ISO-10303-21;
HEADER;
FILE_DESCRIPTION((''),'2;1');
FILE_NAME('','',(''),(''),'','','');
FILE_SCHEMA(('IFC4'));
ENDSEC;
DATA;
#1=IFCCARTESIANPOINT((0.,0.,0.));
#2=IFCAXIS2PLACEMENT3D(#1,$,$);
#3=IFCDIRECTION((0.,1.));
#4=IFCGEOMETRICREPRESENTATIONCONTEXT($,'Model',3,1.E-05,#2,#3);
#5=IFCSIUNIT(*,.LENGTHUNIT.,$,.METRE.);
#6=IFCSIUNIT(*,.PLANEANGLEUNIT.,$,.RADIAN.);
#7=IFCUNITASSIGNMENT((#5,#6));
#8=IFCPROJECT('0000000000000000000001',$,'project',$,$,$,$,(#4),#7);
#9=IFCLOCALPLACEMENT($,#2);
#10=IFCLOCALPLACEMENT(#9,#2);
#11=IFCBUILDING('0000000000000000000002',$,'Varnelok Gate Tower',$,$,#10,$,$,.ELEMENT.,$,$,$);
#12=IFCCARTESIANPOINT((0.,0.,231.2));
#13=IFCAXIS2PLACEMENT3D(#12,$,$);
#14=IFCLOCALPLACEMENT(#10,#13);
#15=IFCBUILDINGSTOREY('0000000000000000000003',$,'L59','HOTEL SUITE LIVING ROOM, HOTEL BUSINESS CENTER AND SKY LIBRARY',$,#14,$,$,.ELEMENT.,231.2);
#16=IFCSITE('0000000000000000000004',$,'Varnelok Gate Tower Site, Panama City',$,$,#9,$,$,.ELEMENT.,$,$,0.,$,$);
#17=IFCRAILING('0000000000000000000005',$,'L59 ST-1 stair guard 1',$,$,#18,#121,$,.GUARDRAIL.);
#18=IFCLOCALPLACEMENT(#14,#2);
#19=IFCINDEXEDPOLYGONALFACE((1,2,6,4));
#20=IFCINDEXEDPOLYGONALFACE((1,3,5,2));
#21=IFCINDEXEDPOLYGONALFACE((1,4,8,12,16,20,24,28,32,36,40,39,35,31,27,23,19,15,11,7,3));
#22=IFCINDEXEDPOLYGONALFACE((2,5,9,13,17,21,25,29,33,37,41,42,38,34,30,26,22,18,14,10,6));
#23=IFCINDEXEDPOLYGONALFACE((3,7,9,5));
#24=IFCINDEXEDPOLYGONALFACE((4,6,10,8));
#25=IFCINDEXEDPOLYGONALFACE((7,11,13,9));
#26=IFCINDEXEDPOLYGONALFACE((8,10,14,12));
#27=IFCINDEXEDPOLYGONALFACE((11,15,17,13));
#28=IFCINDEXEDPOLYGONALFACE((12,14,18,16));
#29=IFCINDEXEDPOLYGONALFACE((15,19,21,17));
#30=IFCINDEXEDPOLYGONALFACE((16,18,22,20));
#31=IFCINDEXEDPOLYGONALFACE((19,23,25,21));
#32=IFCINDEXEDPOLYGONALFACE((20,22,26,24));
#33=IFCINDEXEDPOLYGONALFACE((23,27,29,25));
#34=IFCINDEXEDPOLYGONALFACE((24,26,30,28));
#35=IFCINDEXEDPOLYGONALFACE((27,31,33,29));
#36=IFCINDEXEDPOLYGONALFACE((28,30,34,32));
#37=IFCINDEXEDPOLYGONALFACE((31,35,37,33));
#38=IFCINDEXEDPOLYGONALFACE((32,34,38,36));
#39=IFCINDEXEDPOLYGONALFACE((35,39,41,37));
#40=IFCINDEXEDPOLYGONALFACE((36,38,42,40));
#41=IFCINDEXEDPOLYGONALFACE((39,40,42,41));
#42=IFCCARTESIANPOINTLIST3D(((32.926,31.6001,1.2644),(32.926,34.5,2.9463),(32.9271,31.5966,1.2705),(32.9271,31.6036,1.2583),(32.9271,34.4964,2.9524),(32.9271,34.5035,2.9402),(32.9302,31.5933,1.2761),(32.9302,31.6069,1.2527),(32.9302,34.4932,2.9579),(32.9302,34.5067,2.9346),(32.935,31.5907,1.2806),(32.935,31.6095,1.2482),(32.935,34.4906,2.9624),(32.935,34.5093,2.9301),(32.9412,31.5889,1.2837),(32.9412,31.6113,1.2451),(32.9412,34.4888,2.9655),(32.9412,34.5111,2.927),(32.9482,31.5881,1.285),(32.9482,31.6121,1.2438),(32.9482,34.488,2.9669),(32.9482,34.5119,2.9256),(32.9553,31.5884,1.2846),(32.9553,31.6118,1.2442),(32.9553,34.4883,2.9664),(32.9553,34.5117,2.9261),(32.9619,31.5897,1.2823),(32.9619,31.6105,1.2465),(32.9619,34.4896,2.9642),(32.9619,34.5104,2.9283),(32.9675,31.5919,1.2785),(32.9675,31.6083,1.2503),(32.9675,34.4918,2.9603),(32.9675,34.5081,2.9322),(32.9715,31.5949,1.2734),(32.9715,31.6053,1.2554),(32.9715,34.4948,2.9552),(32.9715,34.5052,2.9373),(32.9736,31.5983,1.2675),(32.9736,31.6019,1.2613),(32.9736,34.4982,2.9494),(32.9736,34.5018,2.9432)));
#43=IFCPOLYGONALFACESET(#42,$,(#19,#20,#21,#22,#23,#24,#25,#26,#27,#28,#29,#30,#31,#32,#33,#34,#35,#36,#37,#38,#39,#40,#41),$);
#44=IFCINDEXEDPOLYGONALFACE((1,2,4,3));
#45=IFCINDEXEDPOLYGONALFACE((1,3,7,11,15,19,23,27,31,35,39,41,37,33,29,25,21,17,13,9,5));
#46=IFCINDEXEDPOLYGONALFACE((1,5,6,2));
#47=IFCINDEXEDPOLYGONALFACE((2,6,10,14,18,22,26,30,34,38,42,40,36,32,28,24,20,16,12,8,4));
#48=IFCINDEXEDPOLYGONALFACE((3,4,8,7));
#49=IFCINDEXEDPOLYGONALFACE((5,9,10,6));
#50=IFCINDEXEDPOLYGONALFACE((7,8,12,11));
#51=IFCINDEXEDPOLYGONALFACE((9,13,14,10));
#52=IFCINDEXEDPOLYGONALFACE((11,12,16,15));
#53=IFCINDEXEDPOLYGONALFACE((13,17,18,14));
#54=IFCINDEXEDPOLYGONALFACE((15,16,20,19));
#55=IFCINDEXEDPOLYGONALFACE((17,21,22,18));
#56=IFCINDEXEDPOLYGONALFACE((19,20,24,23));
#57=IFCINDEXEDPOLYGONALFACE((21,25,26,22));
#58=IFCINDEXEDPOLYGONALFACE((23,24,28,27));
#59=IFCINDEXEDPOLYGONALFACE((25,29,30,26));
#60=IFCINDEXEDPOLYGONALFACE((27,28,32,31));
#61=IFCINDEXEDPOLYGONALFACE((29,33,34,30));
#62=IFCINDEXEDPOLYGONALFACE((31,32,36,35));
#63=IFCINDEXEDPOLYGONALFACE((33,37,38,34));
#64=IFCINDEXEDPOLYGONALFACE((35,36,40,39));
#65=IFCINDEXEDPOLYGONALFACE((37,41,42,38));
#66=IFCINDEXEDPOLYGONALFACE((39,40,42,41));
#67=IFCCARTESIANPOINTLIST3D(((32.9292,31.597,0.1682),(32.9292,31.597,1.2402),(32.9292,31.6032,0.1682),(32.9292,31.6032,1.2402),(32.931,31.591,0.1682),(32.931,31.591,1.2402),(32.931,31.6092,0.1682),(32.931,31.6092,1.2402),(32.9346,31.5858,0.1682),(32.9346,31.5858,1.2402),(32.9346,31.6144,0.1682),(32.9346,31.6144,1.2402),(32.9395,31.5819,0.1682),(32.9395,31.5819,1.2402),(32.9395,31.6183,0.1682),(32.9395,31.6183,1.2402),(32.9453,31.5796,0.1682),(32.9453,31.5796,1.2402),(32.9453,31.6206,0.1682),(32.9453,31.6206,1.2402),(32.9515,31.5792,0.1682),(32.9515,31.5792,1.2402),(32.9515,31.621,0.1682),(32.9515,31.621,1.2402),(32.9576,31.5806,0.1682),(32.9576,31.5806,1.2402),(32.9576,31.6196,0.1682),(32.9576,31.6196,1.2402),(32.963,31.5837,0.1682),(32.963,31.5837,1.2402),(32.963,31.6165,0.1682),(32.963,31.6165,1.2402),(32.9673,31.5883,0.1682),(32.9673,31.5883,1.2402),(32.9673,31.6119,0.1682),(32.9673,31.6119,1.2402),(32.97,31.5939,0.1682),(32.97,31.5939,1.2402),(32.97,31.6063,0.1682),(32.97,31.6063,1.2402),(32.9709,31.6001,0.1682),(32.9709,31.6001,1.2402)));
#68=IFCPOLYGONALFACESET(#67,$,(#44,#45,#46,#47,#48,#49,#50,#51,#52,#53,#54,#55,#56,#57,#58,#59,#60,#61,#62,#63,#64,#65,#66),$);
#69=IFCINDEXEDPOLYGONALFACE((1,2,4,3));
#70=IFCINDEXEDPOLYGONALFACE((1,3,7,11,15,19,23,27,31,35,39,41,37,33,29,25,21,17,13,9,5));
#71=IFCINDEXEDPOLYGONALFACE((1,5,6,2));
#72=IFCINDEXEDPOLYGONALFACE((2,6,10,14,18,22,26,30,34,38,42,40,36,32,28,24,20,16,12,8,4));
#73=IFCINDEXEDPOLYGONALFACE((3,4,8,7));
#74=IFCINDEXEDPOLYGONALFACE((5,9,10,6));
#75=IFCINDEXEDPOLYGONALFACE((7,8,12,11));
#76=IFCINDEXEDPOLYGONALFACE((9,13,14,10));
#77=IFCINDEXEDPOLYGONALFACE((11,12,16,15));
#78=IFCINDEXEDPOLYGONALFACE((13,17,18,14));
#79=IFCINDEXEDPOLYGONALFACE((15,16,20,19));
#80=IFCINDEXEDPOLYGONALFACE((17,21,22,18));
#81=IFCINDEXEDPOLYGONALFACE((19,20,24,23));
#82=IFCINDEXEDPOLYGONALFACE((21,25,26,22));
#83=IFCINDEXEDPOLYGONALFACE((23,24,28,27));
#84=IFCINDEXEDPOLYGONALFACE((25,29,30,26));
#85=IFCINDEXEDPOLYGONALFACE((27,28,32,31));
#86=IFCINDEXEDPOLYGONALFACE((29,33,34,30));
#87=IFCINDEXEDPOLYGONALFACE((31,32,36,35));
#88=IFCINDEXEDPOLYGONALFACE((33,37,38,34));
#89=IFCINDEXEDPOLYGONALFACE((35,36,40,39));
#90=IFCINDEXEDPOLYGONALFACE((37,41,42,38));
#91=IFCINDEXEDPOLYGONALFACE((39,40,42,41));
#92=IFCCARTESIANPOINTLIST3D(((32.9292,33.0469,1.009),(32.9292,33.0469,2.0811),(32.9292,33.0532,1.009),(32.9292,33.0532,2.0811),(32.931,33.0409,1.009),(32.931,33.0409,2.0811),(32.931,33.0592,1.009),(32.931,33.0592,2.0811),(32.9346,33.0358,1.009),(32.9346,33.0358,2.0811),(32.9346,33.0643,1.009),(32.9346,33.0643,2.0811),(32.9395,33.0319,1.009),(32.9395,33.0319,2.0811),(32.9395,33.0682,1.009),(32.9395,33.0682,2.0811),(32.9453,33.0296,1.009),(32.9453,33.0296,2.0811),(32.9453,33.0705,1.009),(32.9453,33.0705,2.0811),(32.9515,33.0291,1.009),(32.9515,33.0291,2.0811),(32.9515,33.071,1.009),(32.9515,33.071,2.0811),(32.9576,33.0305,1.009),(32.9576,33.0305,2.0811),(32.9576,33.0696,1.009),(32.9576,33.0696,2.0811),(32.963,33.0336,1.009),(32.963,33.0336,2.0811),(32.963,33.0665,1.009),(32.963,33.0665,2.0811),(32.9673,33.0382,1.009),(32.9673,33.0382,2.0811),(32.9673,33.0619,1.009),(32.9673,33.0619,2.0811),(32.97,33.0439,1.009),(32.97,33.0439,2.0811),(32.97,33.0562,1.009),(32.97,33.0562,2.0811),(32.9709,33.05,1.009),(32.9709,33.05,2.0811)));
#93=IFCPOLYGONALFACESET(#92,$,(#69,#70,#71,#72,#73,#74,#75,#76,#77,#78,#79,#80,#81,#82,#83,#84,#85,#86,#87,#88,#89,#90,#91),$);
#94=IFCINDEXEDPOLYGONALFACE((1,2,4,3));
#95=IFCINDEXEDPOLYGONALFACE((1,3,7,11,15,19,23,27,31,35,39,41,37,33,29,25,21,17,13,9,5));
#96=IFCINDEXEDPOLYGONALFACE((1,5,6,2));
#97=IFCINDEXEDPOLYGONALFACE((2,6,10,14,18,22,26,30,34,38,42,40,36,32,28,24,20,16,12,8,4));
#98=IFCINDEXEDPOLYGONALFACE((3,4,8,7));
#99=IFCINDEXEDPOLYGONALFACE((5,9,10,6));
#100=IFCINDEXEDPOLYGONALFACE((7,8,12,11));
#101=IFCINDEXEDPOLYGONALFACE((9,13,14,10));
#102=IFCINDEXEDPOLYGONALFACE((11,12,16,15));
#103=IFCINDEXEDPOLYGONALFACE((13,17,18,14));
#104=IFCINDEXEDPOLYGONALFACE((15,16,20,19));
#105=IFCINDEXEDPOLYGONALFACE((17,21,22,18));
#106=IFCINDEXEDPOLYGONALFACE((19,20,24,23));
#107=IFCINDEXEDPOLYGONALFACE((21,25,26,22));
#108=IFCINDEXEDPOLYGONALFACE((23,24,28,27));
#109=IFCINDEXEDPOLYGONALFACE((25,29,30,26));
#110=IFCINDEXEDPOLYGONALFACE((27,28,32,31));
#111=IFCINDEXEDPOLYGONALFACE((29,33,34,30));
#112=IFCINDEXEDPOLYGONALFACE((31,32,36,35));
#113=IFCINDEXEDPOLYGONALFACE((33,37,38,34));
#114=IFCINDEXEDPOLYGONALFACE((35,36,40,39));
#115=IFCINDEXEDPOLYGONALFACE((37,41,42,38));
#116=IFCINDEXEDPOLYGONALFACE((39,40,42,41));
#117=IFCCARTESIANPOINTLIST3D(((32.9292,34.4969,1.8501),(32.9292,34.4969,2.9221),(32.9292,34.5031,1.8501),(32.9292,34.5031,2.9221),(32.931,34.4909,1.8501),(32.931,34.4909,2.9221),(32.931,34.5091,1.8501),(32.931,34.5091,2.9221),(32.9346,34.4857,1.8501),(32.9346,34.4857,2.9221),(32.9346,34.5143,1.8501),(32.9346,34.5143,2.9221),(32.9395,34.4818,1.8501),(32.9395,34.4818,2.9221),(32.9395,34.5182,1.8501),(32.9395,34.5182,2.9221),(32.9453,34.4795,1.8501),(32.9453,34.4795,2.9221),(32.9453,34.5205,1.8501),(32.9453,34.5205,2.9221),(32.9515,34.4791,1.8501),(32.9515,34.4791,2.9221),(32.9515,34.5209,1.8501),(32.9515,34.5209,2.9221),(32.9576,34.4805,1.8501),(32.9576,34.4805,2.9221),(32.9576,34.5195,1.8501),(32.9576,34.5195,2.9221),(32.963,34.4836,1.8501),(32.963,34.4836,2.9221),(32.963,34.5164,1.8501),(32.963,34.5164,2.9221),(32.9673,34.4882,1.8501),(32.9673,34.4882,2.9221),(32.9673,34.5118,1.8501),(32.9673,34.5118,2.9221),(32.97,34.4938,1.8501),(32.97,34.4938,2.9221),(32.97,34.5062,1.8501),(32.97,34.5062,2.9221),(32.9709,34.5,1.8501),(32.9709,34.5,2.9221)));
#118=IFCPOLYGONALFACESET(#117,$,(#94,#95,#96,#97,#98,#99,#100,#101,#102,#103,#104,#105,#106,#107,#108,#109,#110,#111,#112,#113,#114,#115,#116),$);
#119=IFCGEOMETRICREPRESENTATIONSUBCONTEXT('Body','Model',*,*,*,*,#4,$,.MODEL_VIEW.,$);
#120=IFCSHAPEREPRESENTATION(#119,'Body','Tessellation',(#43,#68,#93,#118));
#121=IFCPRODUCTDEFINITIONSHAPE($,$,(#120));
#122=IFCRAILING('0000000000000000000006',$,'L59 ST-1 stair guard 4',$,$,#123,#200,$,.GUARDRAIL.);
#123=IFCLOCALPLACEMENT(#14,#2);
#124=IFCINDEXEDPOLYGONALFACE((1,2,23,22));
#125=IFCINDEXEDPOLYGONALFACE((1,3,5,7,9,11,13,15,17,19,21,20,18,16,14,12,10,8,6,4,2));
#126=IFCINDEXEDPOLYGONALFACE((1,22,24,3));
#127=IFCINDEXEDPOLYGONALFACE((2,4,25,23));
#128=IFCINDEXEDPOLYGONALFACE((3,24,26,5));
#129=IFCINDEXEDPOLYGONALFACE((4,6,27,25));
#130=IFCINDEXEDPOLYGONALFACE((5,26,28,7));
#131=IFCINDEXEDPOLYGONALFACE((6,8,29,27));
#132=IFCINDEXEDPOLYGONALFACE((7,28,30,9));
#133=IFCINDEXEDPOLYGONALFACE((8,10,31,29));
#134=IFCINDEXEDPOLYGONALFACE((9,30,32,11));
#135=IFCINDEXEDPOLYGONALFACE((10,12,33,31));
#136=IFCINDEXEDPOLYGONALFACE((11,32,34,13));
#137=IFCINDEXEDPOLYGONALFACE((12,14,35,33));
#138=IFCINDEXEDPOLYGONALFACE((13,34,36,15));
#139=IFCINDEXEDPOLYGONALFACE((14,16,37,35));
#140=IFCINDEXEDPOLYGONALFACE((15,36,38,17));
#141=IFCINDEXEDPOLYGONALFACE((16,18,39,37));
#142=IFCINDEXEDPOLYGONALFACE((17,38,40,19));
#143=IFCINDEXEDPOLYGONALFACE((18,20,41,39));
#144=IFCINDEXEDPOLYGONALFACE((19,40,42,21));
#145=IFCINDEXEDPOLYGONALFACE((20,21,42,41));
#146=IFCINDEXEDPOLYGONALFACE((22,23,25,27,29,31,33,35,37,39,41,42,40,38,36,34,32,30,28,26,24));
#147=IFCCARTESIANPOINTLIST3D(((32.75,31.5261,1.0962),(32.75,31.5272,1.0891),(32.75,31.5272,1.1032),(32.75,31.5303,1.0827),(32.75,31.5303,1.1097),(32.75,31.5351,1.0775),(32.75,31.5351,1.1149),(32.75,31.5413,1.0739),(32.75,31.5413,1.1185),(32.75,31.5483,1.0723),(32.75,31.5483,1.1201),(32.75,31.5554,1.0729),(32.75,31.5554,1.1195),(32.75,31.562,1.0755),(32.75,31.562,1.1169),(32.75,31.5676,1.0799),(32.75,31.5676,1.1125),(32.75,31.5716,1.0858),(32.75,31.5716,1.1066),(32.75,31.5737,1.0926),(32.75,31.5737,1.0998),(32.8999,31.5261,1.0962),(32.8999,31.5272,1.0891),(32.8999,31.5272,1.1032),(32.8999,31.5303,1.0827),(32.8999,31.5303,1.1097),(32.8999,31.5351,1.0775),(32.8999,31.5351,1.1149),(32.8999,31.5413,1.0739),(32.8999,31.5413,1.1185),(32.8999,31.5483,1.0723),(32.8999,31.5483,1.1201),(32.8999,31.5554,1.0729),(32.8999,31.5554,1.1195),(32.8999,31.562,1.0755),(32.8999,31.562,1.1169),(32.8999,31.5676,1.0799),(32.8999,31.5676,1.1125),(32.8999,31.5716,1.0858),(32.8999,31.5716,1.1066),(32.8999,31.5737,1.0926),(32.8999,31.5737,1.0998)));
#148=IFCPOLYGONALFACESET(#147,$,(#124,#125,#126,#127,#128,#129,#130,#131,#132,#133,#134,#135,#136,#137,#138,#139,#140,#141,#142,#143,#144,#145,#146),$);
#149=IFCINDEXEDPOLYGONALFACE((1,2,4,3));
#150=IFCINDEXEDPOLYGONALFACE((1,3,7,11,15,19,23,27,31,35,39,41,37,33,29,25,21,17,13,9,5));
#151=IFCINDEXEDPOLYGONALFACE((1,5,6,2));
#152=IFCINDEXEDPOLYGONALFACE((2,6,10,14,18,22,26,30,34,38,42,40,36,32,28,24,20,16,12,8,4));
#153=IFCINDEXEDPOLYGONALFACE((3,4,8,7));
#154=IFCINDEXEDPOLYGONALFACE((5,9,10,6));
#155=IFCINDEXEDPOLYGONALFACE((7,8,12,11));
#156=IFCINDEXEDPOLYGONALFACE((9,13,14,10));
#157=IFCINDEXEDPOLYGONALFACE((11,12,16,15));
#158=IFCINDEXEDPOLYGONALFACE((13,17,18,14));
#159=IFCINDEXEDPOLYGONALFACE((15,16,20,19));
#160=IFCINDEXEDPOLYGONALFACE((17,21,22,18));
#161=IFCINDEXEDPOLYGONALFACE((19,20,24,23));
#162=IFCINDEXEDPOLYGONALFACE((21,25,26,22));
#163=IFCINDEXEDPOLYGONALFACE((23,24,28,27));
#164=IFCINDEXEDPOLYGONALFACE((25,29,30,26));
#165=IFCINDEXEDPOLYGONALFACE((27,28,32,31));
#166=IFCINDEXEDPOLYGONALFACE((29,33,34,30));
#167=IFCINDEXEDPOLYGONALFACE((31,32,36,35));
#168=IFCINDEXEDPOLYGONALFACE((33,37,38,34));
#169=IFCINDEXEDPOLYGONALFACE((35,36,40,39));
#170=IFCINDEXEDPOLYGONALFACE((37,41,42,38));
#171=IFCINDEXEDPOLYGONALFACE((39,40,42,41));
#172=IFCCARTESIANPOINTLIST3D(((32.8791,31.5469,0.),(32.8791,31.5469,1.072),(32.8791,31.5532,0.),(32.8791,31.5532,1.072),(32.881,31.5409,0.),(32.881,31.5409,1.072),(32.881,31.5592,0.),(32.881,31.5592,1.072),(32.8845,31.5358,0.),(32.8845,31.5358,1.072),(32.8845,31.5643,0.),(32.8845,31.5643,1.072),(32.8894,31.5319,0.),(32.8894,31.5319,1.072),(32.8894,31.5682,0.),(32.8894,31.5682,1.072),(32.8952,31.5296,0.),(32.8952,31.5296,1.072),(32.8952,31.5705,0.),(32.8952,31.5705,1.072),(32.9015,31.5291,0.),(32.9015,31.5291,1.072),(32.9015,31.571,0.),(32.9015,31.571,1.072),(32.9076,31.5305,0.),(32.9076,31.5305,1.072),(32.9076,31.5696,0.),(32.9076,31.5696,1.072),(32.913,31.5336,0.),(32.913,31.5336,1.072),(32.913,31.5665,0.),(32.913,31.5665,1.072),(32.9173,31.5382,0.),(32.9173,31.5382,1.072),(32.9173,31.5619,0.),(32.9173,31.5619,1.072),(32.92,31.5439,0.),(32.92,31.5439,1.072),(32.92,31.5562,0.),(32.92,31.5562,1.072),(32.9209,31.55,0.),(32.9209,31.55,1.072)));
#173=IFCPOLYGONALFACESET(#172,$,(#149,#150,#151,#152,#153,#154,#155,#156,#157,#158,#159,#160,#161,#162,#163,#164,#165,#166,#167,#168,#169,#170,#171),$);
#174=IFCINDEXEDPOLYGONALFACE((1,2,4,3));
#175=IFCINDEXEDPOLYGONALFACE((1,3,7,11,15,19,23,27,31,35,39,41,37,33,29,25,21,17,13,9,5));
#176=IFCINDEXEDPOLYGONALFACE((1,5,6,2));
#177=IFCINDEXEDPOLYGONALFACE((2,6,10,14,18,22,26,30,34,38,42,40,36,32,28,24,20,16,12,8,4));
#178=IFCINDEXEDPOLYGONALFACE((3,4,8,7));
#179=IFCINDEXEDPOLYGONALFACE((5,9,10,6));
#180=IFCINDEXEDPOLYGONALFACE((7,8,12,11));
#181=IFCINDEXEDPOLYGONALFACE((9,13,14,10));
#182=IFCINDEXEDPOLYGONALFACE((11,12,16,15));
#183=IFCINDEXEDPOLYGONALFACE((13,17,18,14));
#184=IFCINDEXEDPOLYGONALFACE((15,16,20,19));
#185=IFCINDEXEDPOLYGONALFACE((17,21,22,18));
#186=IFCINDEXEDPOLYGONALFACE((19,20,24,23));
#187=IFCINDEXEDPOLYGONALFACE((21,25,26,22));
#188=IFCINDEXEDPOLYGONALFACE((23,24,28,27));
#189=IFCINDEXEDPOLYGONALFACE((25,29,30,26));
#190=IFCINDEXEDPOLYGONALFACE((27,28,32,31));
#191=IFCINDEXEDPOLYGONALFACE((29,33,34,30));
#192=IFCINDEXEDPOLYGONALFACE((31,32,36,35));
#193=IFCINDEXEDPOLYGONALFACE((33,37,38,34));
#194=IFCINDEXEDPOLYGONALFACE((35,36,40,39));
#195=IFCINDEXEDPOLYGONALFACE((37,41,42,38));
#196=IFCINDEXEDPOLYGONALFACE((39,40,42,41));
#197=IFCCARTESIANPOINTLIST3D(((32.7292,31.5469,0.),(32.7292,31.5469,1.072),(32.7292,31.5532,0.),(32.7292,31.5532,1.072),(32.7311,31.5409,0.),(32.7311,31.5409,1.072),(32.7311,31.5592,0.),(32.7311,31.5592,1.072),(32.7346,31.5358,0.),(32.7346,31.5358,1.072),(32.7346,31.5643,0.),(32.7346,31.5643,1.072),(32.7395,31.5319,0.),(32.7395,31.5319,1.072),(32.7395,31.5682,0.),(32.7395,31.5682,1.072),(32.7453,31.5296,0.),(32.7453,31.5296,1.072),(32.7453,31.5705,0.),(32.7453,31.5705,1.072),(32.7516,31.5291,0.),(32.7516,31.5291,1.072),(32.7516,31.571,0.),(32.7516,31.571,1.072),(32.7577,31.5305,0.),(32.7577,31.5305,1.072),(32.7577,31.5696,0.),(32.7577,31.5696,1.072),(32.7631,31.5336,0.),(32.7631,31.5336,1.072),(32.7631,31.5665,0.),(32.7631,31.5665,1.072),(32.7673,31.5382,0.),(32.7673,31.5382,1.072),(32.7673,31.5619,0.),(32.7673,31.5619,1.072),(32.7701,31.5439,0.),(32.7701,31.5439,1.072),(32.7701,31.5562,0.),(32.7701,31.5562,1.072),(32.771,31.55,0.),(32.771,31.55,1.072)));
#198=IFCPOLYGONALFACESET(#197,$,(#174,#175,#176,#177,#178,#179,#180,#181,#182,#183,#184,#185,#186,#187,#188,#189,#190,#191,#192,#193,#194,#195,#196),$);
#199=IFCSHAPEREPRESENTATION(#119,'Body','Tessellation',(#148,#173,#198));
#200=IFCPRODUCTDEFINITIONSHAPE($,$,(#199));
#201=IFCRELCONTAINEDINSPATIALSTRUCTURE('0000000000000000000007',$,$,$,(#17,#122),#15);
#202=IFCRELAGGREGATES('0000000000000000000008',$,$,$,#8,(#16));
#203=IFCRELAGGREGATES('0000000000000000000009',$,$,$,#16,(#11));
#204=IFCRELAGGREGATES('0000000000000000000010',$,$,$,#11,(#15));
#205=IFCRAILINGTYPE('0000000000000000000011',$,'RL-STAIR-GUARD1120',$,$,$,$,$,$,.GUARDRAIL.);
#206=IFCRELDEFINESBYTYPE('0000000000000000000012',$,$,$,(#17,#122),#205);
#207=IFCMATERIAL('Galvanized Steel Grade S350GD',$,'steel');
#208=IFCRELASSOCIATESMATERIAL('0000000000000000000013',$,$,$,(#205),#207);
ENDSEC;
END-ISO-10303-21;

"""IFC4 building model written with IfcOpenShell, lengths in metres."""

from ifc_helpers import new_model, si_unit, direction, frame, origin, origin_2d, place, context, subcontext, project, spatial, circle, extrude, material, type_object, element, save


model = new_model("IFC4")

# Units and contexts
model_context = context("Model", 3, precision=1e-05, world=origin(), true_north=direction((0.0, 1.0)))
body_context = subcontext(model_context, "Body", "Model", "MODEL_VIEW")
ifc_project = project(units=[si_unit("LENGTHUNIT", "METRE"), si_unit("PLANEANGLEUNIT", "RADIAN")], contexts=[model_context])

# Site, building, storey
site_placement = place(None, origin())
site = spatial("IfcSite", under=ifc_project, at=site_placement, Name="Varnelok Gate Tower Site, Panama City", CompositionType="ELEMENT", RefElevation=0.0)
building_placement = place(site_placement, origin())
building = spatial("IfcBuilding", under=site, at=building_placement, Name="Varnelok Gate Tower", CompositionType="ELEMENT")
storey_placement = place(building_placement, frame((0.0, 0.0, 231.2)))
storey = spatial("IfcBuildingStorey", under=building, at=storey_placement, Name="L59", Description="HOTEL SUITE LIVING ROOM, HOTEL BUSINESS CENTER AND SKY LIBRARY", CompositionType="ELEMENT", Elevation=231.2)

# Shared definitions
ifc_material_1 = material(Name="Galvanized Steel Grade S350GD", Category="steel")

# Railings
railing_type_1 = type_object("IfcRailingType", Name="RL-STAIR-GUARD1120", PredefinedType="GUARDRAIL", material=ifc_material_1)
railing_1_placement = place(storey_placement, frame((32.95, 31.6001, 0.1682)))
element("IfcRailing", 1, at=railing_1_placement, inside=storey, type_object=railing_type_1, Name="L59 ST-1 stair guard 1", PredefinedType="GUARDRAIL", context=body_context, shape_type="SweptSolid", body=[
    extrude(circle(Radius=0.0239, at=origin_2d()), frame((0.0, 0.0, 1.0962), z_axis=(0.0, 0.865039, 0.501705), x_axis=(-1.0, 0.0, 0.0)), (0.0, 0.0, 1.0), 3.3523),
    extrude(circle(Radius=0.021, at=origin_2d()), origin(), (0.0, 0.0, 1.0), 1.072),
    extrude(circle(Radius=0.021, at=origin_2d()), frame((0.0, 1.45, 0.8408)), (0.0, 0.0, 1.0), 1.072),
    extrude(circle(Radius=0.021, at=origin_2d()), frame((0.0, 2.8999, 1.6819)), (0.0, 0.0, 1.0), 1.072),
])
railing_2_placement = place(storey_placement, frame((32.8999, 31.55, 0.0)))
element("IfcRailing", 2, at=railing_2_placement, inside=storey, type_object=railing_type_1, Name="L59 ST-1 stair guard 4", PredefinedType="GUARDRAIL", context=body_context, shape_type="SweptSolid", body=[
    extrude(circle(Radius=0.0239, at=origin_2d()), frame((0.0, 0.0, 1.0962), z_axis=(-1.0, 0.0, 0.0), x_axis=(0.0, -1.0, 0.0)), (0.0, 0.0, 1.0), 0.1499),
    extrude(circle(Radius=0.021, at=origin_2d()), origin(), (0.0, 0.0, 1.0), 1.072),
    extrude(circle(Radius=0.021, at=origin_2d()), frame((-0.1499, 0.0, 0.0)), (0.0, 0.0, 1.0), 1.072),
])

save(model, "model.ifc")
